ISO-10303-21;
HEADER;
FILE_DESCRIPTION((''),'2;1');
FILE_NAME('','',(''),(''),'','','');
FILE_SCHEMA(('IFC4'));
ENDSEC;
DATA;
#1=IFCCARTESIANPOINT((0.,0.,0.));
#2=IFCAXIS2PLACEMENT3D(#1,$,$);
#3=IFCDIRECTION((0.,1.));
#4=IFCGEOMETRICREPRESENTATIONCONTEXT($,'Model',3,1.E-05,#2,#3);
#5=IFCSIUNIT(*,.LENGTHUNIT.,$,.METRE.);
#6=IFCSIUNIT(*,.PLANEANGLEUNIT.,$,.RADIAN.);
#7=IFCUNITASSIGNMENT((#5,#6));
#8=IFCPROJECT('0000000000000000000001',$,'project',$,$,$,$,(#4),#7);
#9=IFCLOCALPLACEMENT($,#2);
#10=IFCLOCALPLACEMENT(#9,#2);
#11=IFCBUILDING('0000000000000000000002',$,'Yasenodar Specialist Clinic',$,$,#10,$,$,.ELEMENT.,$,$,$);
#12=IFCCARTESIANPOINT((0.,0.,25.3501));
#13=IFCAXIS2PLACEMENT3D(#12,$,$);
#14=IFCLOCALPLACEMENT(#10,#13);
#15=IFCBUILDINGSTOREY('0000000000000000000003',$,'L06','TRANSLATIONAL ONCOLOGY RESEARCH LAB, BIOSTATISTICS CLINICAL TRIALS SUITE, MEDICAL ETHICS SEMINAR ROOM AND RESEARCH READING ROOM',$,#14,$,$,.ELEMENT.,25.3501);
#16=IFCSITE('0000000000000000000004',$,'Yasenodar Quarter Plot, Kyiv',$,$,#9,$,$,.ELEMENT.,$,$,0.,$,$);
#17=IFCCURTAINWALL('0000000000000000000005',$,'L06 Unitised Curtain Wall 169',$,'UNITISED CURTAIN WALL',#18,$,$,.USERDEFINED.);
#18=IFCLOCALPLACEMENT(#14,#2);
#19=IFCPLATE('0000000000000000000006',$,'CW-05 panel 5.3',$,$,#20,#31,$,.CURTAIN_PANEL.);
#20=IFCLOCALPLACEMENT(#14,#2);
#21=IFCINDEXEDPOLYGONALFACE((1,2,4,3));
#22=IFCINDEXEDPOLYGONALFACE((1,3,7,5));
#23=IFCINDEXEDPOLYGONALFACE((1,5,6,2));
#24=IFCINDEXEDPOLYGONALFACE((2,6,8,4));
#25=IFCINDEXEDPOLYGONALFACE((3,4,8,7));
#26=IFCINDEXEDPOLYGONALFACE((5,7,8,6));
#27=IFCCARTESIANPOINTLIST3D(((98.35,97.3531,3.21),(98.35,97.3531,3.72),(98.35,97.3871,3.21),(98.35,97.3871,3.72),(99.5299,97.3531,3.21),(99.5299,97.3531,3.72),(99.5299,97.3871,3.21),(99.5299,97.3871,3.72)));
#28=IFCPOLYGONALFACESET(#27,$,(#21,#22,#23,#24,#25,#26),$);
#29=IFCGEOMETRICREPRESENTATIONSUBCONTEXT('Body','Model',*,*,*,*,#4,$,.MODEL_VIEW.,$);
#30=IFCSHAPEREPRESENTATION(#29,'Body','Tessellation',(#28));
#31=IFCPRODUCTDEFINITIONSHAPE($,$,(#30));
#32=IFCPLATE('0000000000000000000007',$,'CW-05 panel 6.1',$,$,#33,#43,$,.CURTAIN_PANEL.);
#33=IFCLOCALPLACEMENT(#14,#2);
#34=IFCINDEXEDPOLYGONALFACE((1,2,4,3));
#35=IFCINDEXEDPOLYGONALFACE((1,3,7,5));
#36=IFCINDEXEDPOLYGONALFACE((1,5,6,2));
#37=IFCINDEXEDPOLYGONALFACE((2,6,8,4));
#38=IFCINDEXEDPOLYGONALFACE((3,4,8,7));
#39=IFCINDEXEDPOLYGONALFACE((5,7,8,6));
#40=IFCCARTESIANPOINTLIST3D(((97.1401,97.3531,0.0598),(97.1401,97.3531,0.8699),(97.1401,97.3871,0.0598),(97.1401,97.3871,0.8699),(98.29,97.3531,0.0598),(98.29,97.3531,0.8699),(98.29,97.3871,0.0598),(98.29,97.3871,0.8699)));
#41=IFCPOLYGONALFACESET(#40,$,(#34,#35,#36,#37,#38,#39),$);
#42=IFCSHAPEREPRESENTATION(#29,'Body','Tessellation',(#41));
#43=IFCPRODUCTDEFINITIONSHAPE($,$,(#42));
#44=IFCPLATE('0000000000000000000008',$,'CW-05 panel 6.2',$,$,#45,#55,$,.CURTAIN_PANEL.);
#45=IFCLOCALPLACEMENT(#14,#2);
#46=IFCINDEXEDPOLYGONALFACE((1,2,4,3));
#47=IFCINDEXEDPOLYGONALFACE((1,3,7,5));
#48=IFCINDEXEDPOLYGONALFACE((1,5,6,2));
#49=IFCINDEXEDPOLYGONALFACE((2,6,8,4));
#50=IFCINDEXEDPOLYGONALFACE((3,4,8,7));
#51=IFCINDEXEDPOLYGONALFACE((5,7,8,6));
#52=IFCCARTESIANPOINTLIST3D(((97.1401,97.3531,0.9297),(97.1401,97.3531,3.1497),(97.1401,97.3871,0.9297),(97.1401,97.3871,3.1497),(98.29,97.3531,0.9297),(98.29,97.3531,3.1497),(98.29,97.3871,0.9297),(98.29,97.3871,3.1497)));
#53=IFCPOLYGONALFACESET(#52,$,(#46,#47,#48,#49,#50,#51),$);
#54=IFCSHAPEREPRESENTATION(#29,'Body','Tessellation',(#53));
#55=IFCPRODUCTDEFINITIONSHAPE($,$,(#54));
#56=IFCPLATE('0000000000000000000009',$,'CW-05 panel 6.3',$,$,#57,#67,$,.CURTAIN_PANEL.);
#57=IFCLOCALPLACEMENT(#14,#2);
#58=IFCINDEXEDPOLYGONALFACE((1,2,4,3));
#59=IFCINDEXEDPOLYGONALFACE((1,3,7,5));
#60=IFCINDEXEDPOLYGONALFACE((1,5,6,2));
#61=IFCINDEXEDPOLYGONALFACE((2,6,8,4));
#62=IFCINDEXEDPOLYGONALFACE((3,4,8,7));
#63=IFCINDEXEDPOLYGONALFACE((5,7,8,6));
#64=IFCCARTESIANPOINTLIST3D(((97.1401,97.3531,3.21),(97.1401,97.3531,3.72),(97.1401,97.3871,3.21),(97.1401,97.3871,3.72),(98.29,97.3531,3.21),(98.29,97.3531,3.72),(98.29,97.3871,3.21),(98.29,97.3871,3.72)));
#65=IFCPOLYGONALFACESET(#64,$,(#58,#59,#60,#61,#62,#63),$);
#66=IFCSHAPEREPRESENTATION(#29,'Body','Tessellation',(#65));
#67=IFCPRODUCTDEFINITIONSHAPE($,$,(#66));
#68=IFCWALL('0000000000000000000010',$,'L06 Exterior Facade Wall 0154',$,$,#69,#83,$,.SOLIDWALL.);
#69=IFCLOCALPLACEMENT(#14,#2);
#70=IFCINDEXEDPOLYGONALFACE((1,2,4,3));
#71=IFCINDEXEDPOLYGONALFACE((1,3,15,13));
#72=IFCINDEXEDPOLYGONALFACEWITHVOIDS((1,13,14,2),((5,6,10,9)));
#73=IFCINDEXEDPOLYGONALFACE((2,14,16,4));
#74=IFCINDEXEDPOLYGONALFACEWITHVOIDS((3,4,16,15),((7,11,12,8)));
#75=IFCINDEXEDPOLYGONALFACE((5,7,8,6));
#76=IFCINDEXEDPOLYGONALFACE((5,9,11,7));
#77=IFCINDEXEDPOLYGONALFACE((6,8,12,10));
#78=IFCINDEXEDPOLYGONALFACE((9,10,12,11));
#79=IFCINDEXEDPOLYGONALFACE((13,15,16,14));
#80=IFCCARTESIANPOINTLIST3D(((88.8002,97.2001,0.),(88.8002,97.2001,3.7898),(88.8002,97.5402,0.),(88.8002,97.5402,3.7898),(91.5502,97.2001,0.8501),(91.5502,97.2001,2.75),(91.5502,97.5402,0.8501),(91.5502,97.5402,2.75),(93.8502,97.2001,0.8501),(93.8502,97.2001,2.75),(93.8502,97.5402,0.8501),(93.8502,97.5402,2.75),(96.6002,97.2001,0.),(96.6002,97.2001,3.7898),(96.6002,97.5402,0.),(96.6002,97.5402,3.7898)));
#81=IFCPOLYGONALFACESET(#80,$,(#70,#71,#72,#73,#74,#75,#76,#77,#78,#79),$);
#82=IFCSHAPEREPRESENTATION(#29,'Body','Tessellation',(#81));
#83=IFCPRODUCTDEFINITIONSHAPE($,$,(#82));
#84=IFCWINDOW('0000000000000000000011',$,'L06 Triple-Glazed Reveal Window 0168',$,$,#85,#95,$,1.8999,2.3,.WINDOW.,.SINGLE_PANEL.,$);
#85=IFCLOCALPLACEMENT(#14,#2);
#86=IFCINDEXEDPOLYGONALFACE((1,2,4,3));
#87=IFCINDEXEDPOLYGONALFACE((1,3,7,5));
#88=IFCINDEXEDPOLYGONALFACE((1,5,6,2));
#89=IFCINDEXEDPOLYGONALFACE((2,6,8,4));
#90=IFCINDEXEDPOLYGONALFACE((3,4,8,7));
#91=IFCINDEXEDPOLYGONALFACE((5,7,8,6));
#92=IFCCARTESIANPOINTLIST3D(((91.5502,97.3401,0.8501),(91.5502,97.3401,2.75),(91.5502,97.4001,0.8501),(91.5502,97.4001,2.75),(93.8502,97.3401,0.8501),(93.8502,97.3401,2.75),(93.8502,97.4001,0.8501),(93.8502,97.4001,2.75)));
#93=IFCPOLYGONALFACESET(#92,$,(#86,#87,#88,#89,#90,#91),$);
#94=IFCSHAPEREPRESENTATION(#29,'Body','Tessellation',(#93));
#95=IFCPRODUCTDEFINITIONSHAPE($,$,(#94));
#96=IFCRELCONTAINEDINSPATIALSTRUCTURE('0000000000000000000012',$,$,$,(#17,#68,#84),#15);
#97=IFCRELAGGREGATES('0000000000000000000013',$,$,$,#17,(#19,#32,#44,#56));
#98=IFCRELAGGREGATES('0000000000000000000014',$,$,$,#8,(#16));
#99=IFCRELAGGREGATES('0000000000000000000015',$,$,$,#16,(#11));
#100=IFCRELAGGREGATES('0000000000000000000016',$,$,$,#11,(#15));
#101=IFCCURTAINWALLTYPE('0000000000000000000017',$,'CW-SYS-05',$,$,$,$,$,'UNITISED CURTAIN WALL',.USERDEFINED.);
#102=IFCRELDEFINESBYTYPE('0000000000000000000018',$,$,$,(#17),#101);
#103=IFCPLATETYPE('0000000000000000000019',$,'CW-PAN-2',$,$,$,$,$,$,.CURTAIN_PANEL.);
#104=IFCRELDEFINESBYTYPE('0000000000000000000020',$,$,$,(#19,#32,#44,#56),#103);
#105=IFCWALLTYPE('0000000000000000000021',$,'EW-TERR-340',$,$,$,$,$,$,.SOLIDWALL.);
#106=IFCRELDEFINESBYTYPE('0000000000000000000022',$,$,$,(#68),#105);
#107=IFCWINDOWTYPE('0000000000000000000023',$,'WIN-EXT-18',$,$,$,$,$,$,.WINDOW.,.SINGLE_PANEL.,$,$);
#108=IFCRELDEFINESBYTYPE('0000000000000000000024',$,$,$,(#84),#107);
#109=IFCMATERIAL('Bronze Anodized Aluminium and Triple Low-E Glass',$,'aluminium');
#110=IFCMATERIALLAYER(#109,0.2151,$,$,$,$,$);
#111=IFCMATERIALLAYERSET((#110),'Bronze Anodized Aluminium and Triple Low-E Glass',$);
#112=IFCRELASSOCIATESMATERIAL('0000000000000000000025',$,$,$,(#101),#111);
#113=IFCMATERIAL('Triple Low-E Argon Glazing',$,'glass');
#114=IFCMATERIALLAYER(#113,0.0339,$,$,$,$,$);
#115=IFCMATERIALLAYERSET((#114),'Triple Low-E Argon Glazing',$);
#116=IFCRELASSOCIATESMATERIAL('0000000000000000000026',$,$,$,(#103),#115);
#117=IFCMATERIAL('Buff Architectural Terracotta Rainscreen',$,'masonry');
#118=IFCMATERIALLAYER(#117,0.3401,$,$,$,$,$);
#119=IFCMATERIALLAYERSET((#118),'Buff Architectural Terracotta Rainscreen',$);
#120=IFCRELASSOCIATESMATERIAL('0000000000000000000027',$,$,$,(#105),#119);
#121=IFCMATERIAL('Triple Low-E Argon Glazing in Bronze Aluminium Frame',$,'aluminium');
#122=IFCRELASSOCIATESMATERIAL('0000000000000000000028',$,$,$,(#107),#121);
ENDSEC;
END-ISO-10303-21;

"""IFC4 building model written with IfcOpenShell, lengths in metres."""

from ifc_helpers import new_model, si_unit, direction, frame, frame_2d, origin, origin_2d, place, context, subcontext, project, spatial, rectangle, extrude, material, layer, layer_set, type_object, element, fill, aggregate, save


model = new_model("IFC4")

# Units and contexts
model_context = context("Model", 3, precision=1e-05, world=origin(), true_north=direction((0.0, 1.0)))
body_context = subcontext(model_context, "Body", "Model", "MODEL_VIEW")
ifc_project = project(units=[si_unit("LENGTHUNIT", "METRE"), si_unit("PLANEANGLEUNIT", "RADIAN")], contexts=[model_context])

# Site, building, storey
site_placement = place(None, origin())
site = spatial("IfcSite", under=ifc_project, at=site_placement, Name="Yasenodar Quarter Plot, Kyiv", CompositionType="ELEMENT", RefElevation=0.0)
building_placement = place(site_placement, origin())
building = spatial("IfcBuilding", under=site, at=building_placement, Name="Yasenodar Specialist Clinic", CompositionType="ELEMENT")
storey_placement = place(building_placement, frame((0.0, 0.0, 25.3501)))
storey = spatial("IfcBuildingStorey", under=building, at=storey_placement, Name="L06", Description="TRANSLATIONAL ONCOLOGY RESEARCH LAB, BIOSTATISTICS CLINICAL TRIALS SUITE, MEDICAL ETHICS SEMINAR ROOM AND RESEARCH READING ROOM", CompositionType="ELEMENT", Elevation=25.3501)

# Curtain wall, plates
ifc_material_1 = material(Name="Bronze Anodized Aluminium and Triple Low-E Glass", Category="aluminium")
ifc_layer_1 = layer(ifc_material_1, 0.2151)
ifc_layer_set_1 = layer_set([ifc_layer_1], Name="Bronze Anodized Aluminium and Triple Low-E Glass")
curtain_wall_type = type_object("IfcCurtainWallType", Name="CW-SYS-05", ElementType="UNITISED CURTAIN WALL", PredefinedType="USERDEFINED", material=ifc_layer_set_1)
curtain_wall_placement = place(storey_placement, origin())
curtain_wall = element("IfcCurtainWall", 1, at=curtain_wall_placement, inside=storey, type_object=curtain_wall_type, Name="L06 Unitised Curtain Wall 169", ObjectType="UNITISED CURTAIN WALL", PredefinedType="USERDEFINED")
ifc_material_2 = material(Name="Triple Low-E Argon Glazing", Category="glass")
ifc_layer_2 = layer(ifc_material_2, 0.0339)
ifc_layer_set_2 = layer_set([ifc_layer_2], Name="Triple Low-E Argon Glazing")
plate_type = type_object("IfcPlateType", Name="CW-PAN-2", PredefinedType="CURTAIN_PANEL", material=ifc_layer_set_2)
plate_1_placement = place(storey_placement, frame((98.9399, 97.3701, 3.21), z_axis=(0.0, 0.0, 1.0), x_axis=(-1.0, 0.0, 0.0)))
plate_1 = element("IfcPlate", 2, at=plate_1_placement, type_object=plate_type, Name="CW-05 panel 5.3", PredefinedType="CURTAIN_PANEL", context=body_context, shape_type="SweptSolid", body=[
    extrude(rectangle(XDim=1.1799, YDim=0.0339, at=origin_2d()), origin(), (0.0, 0.0, 1.0), 0.51),
])
plate_2_placement = place(storey_placement, frame((97.7151, 97.3701, 0.0598), z_axis=(0.0, 0.0, 1.0), x_axis=(-1.0, 0.0, 0.0)))
plate_2 = element("IfcPlate", 3, at=plate_2_placement, type_object=plate_type, Name="CW-05 panel 6.1", PredefinedType="CURTAIN_PANEL", context=body_context, shape_type="SweptSolid", body=[
    extrude(rectangle(XDim=1.1499, YDim=0.0339, at=origin_2d()), origin(), (0.0, 0.0, 1.0), 0.8101),
])
plate_3_placement = place(storey_placement, frame((97.7151, 97.3701, 0.9297), z_axis=(0.0, 0.0, 1.0), x_axis=(-1.0, 0.0, 0.0)))
plate_3 = element("IfcPlate", 4, at=plate_3_placement, type_object=plate_type, Name="CW-05 panel 6.2", PredefinedType="CURTAIN_PANEL", context=body_context, shape_type="SweptSolid", body=[
    extrude(rectangle(XDim=1.1499, YDim=0.0339, at=origin_2d()), origin(), (0.0, 0.0, 1.0), 2.22),
])
plate_4_placement = place(storey_placement, frame((97.7151, 97.3701, 3.21), z_axis=(0.0, 0.0, 1.0), x_axis=(-1.0, 0.0, 0.0)))
plate_4 = element("IfcPlate", 5, at=plate_4_placement, type_object=plate_type, Name="CW-05 panel 6.3", PredefinedType="CURTAIN_PANEL", context=body_context, shape_type="SweptSolid", body=[
    extrude(rectangle(XDim=1.1499, YDim=0.0339, at=origin_2d()), origin(), (0.0, 0.0, 1.0), 0.51),
])
aggregate(curtain_wall, [plate_1, plate_2, plate_3, plate_4])

# Wall, opening, window
ifc_material_3 = material(Name="Buff Architectural Terracotta Rainscreen", Category="masonry")
ifc_layer_3 = layer(ifc_material_3, 0.3401)
ifc_layer_set_3 = layer_set([ifc_layer_3], Name="Buff Architectural Terracotta Rainscreen")
wall_type = type_object("IfcWallType", Name="EW-TERR-340", PredefinedType="SOLIDWALL", material=ifc_layer_set_3)
wall_placement = place(storey_placement, frame((96.6001, 97.3701, 0.0), z_axis=(0.0, 0.0, 1.0), x_axis=(-1.0, 0.0, 0.0)))
wall = element("IfcWall", 6, at=wall_placement, inside=storey, type_object=wall_type, Name="L06 Exterior Facade Wall 0154", PredefinedType="SOLIDWALL", context=body_context, shape_type="SweptSolid", body=[
    extrude(rectangle(XDim=7.8, YDim=0.3401, at=frame_2d((3.8999, 0.0))), origin(), (0.0, 0.0, 1.0), 3.7898),
])
opening_placement = place(wall_placement, frame((2.75, 0.0, 0.8501)))
opening = element("IfcOpeningElement", 7, at=opening_placement, cuts=wall, PredefinedType="OPENING", context=body_context, shape_type="SweptSolid", body=[
    extrude(rectangle(XDim=2.3, YDim=1.8999, at=frame_2d((1.1499, 0.95))), frame((0.0, 0.1802, 0.0), z_axis=(0.0, -1.0, 0.0), x_axis=(1.0, 0.0, 0.0)), (0.0, 0.0, 1.0), 0.3601),
])
ifc_material_4 = material(Name="Triple Low-E Argon Glazing in Bronze Aluminium Frame", Category="aluminium")
window_type = type_object("IfcWindowType", Name="WIN-EXT-18", PartitioningType="SINGLE_PANEL", PredefinedType="WINDOW", material=ifc_material_4)
window_placement = place(opening_placement, origin())
window = element("IfcWindow", 8, at=window_placement, inside=storey, type_object=window_type, Name="L06 Triple-Glazed Reveal Window 0168", OverallHeight=1.8999, OverallWidth=2.3, PartitioningType="SINGLE_PANEL", PredefinedType="WINDOW", context=body_context, shape_type="SweptSolid", body=[
    extrude(rectangle(XDim=2.3, YDim=1.8999, at=frame_2d((1.1499, 0.95))), frame((0.0, 0.03, 0.0), z_axis=(0.0, -1.0, 0.0), x_axis=(1.0, 0.0, 0.0)), (0.0, 0.0, 1.0), 0.0601),
])
fill(opening, window)

save(model, "model.ifc")
